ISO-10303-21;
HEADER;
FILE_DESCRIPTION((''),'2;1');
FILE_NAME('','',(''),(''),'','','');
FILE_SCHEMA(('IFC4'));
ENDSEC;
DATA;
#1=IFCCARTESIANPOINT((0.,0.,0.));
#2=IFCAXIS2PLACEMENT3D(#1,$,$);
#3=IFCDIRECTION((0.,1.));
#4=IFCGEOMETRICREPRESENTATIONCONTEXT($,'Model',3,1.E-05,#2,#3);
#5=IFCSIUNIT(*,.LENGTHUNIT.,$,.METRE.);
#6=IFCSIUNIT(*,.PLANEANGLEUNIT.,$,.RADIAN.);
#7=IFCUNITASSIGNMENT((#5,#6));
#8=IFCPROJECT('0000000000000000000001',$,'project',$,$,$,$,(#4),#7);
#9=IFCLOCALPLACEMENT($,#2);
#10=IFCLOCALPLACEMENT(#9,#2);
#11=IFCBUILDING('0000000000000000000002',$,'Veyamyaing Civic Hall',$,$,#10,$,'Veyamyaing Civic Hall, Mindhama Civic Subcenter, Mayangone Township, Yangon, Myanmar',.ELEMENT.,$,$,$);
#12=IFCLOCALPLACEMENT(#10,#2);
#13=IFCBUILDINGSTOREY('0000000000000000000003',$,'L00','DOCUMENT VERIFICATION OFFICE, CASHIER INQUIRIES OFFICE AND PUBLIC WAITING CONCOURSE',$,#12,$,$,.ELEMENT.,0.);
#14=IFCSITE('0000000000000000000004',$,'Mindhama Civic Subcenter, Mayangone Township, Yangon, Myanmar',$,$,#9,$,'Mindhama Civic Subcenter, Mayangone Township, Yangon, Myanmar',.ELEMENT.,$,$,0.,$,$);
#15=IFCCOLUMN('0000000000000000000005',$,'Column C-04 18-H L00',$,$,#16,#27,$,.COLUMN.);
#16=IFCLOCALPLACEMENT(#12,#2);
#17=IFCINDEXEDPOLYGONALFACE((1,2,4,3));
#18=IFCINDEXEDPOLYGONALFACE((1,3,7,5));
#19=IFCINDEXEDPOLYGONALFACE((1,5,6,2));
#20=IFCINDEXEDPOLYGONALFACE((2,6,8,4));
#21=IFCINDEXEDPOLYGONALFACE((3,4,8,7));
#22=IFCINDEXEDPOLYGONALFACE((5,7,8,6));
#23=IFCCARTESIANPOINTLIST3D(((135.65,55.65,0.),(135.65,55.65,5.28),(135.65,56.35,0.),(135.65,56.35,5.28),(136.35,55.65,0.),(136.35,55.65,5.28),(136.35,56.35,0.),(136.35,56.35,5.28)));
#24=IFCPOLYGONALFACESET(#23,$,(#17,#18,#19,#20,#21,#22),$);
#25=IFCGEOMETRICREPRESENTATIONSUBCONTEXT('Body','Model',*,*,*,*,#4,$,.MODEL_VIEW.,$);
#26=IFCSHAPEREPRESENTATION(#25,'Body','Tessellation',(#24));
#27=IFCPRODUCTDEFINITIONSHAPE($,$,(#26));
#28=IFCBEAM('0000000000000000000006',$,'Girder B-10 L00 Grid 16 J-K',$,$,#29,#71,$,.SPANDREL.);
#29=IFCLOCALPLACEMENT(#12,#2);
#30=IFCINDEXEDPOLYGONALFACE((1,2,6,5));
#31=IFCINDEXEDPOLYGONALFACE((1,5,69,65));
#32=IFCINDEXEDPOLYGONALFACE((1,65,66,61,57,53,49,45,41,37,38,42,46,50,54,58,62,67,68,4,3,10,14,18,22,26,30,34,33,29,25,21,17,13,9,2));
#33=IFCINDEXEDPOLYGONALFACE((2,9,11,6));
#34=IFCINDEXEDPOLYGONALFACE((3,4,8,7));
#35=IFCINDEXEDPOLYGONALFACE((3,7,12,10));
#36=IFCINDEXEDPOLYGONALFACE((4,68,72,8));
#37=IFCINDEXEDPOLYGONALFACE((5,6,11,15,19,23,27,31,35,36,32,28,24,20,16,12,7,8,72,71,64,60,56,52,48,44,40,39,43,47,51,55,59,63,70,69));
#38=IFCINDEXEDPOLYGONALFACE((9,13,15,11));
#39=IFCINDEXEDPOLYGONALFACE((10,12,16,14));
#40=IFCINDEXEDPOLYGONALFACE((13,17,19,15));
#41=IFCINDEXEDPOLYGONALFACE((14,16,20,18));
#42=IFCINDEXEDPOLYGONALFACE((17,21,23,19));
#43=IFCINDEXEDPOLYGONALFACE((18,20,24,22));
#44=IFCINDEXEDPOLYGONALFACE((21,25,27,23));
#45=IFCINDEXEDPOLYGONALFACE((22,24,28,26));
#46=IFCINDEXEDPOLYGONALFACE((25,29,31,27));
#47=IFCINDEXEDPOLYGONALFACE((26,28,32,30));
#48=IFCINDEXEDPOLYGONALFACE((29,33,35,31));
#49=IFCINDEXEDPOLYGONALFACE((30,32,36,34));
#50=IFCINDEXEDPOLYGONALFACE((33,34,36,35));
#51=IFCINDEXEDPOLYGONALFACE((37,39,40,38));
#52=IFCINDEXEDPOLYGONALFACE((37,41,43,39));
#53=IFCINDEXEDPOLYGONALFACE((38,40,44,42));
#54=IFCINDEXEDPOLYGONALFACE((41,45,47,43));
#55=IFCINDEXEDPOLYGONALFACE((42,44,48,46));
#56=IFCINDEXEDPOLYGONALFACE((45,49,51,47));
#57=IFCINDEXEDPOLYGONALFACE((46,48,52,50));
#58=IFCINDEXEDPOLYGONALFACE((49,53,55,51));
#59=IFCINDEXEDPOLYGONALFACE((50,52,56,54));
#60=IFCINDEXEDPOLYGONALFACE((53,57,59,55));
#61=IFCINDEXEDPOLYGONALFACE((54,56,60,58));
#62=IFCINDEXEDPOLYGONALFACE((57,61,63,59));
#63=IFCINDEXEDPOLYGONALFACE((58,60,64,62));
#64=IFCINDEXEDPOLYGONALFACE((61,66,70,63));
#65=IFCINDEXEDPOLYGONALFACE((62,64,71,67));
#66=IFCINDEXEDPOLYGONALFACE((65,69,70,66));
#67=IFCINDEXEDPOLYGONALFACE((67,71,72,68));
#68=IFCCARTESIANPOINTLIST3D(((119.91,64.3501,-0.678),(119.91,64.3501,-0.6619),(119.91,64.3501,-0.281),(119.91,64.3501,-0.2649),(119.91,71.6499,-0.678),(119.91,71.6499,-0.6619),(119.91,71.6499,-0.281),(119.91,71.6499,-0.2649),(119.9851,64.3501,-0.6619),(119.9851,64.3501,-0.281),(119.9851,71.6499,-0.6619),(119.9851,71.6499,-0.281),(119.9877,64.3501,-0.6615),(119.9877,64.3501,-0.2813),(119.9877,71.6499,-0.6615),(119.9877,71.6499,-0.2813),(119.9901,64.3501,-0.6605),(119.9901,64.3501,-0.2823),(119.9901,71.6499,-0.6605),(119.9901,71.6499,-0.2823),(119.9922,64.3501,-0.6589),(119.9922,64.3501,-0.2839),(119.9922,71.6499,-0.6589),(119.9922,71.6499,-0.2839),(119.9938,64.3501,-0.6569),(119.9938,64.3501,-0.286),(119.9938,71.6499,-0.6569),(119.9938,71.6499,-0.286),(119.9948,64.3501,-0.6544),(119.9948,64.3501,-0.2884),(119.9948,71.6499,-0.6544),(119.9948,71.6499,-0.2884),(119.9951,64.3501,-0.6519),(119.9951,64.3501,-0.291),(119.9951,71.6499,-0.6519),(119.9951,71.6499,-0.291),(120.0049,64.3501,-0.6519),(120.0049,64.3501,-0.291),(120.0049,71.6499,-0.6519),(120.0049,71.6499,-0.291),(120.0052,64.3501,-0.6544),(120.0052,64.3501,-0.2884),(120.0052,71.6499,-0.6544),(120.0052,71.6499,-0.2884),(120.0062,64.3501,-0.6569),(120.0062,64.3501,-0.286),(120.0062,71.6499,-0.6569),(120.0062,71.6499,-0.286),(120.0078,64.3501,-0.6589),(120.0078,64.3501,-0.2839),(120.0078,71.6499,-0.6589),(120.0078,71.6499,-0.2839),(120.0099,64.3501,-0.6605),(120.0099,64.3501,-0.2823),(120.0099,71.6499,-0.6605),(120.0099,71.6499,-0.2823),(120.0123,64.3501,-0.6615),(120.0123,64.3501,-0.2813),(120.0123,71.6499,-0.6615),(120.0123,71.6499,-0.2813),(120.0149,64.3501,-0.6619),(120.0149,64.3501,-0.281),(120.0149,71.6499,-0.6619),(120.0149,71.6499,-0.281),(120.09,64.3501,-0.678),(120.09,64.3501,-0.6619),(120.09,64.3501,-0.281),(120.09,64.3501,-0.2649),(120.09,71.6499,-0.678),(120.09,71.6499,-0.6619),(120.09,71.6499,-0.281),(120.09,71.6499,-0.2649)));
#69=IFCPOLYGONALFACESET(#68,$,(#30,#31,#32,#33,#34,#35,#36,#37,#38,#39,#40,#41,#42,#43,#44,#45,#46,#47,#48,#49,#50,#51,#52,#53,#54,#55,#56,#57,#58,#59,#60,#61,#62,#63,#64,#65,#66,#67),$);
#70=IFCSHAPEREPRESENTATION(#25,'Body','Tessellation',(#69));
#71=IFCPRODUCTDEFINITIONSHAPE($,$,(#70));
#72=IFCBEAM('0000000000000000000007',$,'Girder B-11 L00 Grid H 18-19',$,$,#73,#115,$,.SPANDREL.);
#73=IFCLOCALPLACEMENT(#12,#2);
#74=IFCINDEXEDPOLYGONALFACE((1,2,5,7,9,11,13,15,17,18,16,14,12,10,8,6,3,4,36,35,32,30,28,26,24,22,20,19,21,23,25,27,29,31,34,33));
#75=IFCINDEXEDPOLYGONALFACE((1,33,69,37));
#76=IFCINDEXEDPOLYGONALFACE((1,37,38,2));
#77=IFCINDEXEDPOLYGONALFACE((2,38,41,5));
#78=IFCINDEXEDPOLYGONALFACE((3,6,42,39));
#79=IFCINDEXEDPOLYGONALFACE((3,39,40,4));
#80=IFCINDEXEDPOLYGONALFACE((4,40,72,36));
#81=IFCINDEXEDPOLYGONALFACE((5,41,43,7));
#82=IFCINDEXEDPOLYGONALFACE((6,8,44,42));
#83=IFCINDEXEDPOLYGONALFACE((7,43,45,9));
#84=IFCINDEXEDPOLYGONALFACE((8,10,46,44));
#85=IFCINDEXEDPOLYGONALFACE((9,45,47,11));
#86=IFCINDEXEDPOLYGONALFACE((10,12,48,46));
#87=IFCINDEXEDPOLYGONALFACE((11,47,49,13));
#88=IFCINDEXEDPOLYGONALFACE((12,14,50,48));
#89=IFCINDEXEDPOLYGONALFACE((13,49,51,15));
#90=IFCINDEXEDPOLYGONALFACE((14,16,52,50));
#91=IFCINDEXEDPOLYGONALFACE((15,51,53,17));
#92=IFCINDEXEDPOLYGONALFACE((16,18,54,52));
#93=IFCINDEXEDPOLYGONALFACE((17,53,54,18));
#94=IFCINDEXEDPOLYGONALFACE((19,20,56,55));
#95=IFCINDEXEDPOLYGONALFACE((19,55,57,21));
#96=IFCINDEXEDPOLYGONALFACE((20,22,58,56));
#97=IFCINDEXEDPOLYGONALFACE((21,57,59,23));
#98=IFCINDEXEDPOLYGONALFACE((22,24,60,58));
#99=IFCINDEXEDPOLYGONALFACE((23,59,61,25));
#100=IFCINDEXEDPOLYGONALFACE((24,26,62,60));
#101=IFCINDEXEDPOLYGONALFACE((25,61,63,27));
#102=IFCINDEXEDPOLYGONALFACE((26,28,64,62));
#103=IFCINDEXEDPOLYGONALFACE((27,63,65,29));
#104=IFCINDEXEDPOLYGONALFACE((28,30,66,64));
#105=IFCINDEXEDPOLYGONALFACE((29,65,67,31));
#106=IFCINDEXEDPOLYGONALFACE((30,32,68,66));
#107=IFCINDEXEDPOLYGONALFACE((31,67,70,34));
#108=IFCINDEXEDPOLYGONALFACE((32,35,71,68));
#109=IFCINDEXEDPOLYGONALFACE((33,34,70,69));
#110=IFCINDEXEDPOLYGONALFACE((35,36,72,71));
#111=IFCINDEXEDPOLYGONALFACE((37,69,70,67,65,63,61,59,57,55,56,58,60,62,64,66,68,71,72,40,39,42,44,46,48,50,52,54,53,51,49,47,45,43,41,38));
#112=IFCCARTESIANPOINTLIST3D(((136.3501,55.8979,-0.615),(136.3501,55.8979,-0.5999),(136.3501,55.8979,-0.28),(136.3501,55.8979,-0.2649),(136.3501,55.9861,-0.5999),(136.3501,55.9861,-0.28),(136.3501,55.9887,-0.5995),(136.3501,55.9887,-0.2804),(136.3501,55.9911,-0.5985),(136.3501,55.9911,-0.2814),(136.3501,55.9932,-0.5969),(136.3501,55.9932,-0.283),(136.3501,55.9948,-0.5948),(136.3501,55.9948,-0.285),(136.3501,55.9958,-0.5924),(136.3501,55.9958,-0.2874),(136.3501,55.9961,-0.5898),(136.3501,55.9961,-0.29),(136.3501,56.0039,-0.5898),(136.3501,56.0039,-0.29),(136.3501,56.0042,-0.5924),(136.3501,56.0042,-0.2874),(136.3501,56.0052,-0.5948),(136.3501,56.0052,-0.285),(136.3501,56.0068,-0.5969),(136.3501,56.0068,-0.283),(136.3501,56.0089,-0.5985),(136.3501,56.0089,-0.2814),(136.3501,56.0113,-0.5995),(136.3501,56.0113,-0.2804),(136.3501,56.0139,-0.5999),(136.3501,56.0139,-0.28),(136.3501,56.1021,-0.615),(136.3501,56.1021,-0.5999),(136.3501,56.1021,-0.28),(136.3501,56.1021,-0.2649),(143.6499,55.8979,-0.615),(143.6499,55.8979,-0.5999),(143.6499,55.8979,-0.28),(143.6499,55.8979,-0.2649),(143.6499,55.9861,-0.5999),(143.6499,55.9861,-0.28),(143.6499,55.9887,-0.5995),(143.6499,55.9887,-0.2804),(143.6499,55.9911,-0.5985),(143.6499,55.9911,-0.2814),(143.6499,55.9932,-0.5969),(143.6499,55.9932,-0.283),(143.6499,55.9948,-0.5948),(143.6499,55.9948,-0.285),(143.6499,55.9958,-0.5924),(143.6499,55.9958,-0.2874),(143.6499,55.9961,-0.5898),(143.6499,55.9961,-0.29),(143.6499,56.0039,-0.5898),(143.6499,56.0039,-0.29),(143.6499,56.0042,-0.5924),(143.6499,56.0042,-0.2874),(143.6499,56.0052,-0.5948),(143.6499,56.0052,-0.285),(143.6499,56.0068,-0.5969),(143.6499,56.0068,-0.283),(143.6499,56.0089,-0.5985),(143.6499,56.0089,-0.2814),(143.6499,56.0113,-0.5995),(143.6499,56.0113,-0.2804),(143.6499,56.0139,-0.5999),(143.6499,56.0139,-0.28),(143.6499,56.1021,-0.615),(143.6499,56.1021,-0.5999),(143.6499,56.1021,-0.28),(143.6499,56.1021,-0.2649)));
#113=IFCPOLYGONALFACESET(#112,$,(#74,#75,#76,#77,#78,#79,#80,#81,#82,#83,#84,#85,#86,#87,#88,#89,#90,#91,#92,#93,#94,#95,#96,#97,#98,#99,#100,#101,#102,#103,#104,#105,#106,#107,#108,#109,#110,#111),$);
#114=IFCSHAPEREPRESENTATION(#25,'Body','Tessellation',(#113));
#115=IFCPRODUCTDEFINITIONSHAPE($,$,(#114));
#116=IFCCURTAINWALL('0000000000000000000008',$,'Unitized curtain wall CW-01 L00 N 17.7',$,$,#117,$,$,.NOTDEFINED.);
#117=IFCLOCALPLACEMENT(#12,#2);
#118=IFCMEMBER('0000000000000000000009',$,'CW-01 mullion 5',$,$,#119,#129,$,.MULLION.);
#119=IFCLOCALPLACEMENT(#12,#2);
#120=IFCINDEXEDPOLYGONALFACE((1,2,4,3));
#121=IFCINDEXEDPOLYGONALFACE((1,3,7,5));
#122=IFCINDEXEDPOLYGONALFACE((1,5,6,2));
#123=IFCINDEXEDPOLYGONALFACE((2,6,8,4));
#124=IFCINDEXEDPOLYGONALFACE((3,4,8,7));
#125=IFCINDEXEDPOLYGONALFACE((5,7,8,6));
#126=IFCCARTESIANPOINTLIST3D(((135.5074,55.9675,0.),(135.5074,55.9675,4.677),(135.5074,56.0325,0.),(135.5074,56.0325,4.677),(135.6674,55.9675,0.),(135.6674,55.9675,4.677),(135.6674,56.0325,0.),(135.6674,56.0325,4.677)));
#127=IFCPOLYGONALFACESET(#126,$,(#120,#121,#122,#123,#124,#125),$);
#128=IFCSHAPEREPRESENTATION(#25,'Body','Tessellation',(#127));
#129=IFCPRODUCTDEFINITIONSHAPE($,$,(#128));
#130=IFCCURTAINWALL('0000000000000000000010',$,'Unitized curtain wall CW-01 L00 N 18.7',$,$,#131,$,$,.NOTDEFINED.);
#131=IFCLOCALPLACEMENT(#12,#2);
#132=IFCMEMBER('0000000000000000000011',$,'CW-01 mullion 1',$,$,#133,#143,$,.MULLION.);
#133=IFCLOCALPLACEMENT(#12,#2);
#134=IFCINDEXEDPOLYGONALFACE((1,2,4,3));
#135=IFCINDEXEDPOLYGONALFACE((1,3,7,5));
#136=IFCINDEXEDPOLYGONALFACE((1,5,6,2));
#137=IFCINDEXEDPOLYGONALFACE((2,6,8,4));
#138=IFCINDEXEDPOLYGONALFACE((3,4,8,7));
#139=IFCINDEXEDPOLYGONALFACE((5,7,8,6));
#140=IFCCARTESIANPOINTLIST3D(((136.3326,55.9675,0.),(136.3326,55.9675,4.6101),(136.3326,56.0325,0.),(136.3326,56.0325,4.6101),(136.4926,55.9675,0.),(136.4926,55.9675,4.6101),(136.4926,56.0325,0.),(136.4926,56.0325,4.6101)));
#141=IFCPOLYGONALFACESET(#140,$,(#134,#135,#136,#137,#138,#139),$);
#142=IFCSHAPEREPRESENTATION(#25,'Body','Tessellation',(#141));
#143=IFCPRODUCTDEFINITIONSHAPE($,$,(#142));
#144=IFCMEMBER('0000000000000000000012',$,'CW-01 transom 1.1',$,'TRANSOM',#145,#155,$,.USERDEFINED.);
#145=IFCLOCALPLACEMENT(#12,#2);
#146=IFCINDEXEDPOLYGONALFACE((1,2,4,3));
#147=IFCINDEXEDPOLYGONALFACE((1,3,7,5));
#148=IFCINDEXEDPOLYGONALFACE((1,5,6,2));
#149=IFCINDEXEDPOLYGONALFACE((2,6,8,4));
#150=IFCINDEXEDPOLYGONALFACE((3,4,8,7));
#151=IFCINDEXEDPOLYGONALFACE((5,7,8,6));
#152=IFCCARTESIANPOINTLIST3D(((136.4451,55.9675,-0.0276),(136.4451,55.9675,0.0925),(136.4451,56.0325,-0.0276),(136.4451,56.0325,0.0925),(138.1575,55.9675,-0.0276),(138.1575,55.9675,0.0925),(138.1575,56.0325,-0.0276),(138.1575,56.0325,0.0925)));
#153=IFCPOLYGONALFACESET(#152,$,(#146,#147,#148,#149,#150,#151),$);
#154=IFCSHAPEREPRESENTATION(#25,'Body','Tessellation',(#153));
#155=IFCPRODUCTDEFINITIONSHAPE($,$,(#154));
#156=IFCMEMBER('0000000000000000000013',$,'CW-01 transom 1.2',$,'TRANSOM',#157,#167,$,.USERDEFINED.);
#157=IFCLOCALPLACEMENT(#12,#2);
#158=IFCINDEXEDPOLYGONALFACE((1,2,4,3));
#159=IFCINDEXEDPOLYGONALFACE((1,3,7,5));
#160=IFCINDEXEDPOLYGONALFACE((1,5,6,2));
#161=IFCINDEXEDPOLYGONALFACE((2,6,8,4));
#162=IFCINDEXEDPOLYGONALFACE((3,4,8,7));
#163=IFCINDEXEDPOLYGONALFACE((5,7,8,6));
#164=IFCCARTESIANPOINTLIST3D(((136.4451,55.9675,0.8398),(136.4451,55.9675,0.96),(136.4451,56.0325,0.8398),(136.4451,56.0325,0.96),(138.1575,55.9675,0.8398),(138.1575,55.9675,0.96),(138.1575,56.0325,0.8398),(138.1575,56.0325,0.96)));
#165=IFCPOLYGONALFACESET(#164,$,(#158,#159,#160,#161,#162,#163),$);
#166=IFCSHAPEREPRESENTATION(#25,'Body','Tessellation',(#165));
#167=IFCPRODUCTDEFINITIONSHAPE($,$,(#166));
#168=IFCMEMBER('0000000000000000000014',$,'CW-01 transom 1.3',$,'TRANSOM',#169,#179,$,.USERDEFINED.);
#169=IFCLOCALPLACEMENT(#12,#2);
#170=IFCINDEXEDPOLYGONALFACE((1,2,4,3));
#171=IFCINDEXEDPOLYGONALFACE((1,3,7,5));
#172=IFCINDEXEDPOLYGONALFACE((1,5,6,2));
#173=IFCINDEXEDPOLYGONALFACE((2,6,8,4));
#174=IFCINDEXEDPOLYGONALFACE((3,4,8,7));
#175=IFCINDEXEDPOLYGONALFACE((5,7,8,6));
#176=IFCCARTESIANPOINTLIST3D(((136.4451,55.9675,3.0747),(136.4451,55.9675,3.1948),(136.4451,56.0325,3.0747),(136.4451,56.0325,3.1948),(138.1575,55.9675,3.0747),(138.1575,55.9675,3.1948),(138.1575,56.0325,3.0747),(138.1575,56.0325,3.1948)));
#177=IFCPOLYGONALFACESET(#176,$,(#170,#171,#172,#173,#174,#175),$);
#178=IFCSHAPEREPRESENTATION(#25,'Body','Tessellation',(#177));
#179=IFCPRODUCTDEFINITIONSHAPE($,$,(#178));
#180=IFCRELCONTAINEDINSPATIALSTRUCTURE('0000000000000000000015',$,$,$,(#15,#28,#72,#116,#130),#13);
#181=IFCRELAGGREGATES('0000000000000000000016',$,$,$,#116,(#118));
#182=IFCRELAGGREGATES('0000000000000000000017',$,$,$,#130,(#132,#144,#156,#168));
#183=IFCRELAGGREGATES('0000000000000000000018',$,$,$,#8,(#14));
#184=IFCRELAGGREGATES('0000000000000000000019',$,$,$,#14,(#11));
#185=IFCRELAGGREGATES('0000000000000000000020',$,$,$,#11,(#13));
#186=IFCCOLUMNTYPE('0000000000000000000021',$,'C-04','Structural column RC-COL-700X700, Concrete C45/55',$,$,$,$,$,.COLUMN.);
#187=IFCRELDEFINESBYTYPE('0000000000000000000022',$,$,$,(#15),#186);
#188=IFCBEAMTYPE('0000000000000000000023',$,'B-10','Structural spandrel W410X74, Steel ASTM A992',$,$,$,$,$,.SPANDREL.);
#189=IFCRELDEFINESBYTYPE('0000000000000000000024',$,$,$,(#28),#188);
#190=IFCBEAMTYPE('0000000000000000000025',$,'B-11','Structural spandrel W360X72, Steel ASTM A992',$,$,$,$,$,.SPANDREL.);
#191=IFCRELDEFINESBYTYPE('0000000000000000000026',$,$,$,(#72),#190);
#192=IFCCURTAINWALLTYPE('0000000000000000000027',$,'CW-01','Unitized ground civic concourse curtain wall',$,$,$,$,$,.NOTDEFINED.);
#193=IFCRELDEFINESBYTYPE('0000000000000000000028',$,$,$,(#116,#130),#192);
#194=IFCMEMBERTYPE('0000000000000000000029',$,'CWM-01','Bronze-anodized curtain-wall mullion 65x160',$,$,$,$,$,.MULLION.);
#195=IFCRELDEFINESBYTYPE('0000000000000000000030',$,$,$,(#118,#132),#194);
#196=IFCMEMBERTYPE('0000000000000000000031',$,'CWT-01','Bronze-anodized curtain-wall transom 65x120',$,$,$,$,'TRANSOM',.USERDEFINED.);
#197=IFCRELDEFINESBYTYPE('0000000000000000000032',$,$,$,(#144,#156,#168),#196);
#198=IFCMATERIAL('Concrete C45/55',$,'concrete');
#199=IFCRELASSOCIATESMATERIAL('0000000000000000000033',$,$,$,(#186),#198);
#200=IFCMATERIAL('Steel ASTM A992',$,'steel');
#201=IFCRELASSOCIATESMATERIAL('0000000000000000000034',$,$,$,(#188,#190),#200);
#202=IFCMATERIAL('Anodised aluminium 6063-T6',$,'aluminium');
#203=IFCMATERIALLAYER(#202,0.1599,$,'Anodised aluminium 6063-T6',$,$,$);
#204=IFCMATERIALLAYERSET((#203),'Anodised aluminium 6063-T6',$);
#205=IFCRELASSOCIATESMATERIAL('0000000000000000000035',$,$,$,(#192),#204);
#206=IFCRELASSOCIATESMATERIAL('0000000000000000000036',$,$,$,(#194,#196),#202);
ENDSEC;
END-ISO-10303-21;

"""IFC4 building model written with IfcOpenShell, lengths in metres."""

from ifc_helpers import new_model, si_unit, direction, frame, origin, origin_2d, place, context, subcontext, project, spatial, rectangle, i_section, extrude, material, layer, layer_set, material_profile, profile_set, type_object, element, aggregate, save


model = new_model("IFC4")

# Units and contexts
model_context = context("Model", 3, precision=1e-05, world=origin(), true_north=direction((0.0, 1.0)))
body_context = subcontext(model_context, "Body", "Model", "MODEL_VIEW")
ifc_project = project(units=[si_unit("LENGTHUNIT", "METRE"), si_unit("PLANEANGLEUNIT", "RADIAN")], contexts=[model_context])

# Site, building, storey
site_placement = place(None, origin())
site = spatial("IfcSite", under=ifc_project, at=site_placement, Name="Mindhama Civic Subcenter, Mayangone Township, Yangon, Myanmar", LongName="Mindhama Civic Subcenter, Mayangone Township, Yangon, Myanmar", CompositionType="ELEMENT", RefElevation=0.0)
building_placement = place(site_placement, origin())
building = spatial("IfcBuilding", under=site, at=building_placement, Name="Veyamyaing Civic Hall", LongName="Veyamyaing Civic Hall, Mindhama Civic Subcenter, Mayangone Township, Yangon, Myanmar", CompositionType="ELEMENT")
storey_placement = place(building_placement, origin())
storey = spatial("IfcBuildingStorey", under=building, at=storey_placement, Name="L00", Description="DOCUMENT VERIFICATION OFFICE, CASHIER INQUIRIES OFFICE AND PUBLIC WAITING CONCOURSE", CompositionType="ELEMENT", Elevation=0.0)

# Column
ifc_material_1 = material(Name="Concrete C45/55", Category="concrete")
ifc_material_profile_1 = material_profile(ifc_material_1, rectangle(XDim=0.7, YDim=0.7, at=origin_2d()), Name="RC-COL-700X700")
ifc_profile_set_1 = profile_set([ifc_material_profile_1], Name="Concrete C45/55")
column_type = type_object("IfcColumnType", Name="C-04", Description="Structural column RC-COL-700X700, Concrete C45/55", PredefinedType="COLUMN", material=ifc_profile_set_1)
column_placement = place(storey_placement, frame((136.0, 56.0, 0.0), z_axis=(0.0, 0.0, 1.0), x_axis=(1.0, 0.0, 0.0)))
element("IfcColumn", 1, at=column_placement, inside=storey, type_object=column_type, Name="Column C-04 18-H L00", PredefinedType="COLUMN", context=body_context, shape_type="SweptSolid", body=[
    extrude(rectangle(XDim=0.7, YDim=0.7, at=origin_2d()), origin(), (0.0, 0.0, 1.0), 5.28),
])

# Beams
ifc_material_2 = material(Name="Steel ASTM A992", Category="steel")
ifc_material_profile_2 = material_profile(ifc_material_2, i_section(OverallWidth=0.1799, OverallDepth=0.4131, WebThickness=0.0098, FlangeThickness=0.0161, FilletRadius=0.01, at=origin_2d()), Name="W410X74")
ifc_profile_set_2 = profile_set([ifc_material_profile_2], Name="Steel ASTM A992")
beam_type_1 = type_object("IfcBeamType", Name="B-10", Description="Structural spandrel W410X74, Steel ASTM A992", PredefinedType="SPANDREL", material=ifc_profile_set_2)
beam_1_placement = place(storey_placement, frame((120.0, 64.3501, -0.4714), z_axis=(0.0, 1.0, 0.0), x_axis=(-1.0, 0.0, 0.0)))
element("IfcBeam", 2, at=beam_1_placement, inside=storey, type_object=beam_type_1, Name="Girder B-10 L00 Grid 16 J-K", PredefinedType="SPANDREL", context=body_context, shape_type="SweptSolid", body=[
    extrude(i_section(OverallWidth=0.1799, OverallDepth=0.4131, WebThickness=0.0098, FlangeThickness=0.0161, FilletRadius=0.01, at=origin_2d()), origin(), (0.0, 0.0, 1.0), 7.2998),
])
ifc_material_profile_3 = material_profile(ifc_material_2, i_section(OverallWidth=0.2041, OverallDepth=0.3501, WebThickness=0.0078, FlangeThickness=0.0151, FilletRadius=0.01, at=origin_2d()), Name="W360X72")
ifc_profile_set_3 = profile_set([ifc_material_profile_3], Name="Steel ASTM A992")
beam_type_2 = type_object("IfcBeamType", Name="B-11", Description="Structural spandrel W360X72, Steel ASTM A992", PredefinedType="SPANDREL", material=ifc_profile_set_3)
beam_2_placement = place(storey_placement, frame((136.3501, 56.0, -0.4399), z_axis=(1.0, 0.0, 0.0), x_axis=(0.0, 1.0, 0.0)))
element("IfcBeam", 3, at=beam_2_placement, inside=storey, type_object=beam_type_2, Name="Girder B-11 L00 Grid H 18-19", PredefinedType="SPANDREL", context=body_context, shape_type="SweptSolid", body=[
    extrude(i_section(OverallWidth=0.2041, OverallDepth=0.3501, WebThickness=0.0078, FlangeThickness=0.0151, FilletRadius=0.01, at=origin_2d()), origin(), (0.0, 0.0, 1.0), 7.2998),
])

# Curtain wall, member
ifc_material_3 = material(Name="Anodised aluminium 6063-T6", Category="aluminium")
ifc_layer_1 = layer(ifc_material_3, 0.1599, Name="Anodised aluminium 6063-T6")
ifc_layer_set_1 = layer_set([ifc_layer_1], Name="Anodised aluminium 6063-T6")
curtain_wall_type = type_object("IfcCurtainWallType", Name="CW-01", Description="Unitized ground civic concourse curtain wall", PredefinedType="NOTDEFINED", material=ifc_layer_set_1)
curtain_wall_1_placement = place(storey_placement, origin())
curtain_wall_1 = element("IfcCurtainWall", 4, at=curtain_wall_1_placement, inside=storey, type_object=curtain_wall_type, Name="Unitized curtain wall CW-01 L00 N 17.7", PredefinedType="NOTDEFINED")
ifc_material_profile_4 = material_profile(ifc_material_3, rectangle(XDim=0.0649, YDim=0.1599, at=origin_2d()), Name="ALU-MUL-65X160")
ifc_profile_set_4 = profile_set([ifc_material_profile_4], Name="Anodised aluminium 6063-T6")
member_type_1 = type_object("IfcMemberType", Name="CWM-01", Description="Bronze-anodized curtain-wall mullion 65x160", PredefinedType="MULLION", material=ifc_profile_set_4)
member_1_placement = place(storey_placement, frame((135.5874, 56.0, 0.0), z_axis=(0.0, 0.0, 1.0), x_axis=(0.0, 1.0, 0.0)))
member_1 = element("IfcMember", 5, at=member_1_placement, type_object=member_type_1, Name="CW-01 mullion 5", PredefinedType="MULLION", context=body_context, shape_type="SweptSolid", body=[
    extrude(rectangle(XDim=0.0649, YDim=0.1599, at=origin_2d()), origin(), (0.0, 0.0, 1.0), 4.677),
])
aggregate(curtain_wall_1, [member_1])

# Curtain wall, members
curtain_wall_2_placement = place(storey_placement, origin())
curtain_wall_2 = element("IfcCurtainWall", 6, at=curtain_wall_2_placement, inside=storey, type_object=curtain_wall_type, Name="Unitized curtain wall CW-01 L00 N 18.7", PredefinedType="NOTDEFINED")
member_2_placement = place(storey_placement, frame((136.4126, 56.0, 0.0), z_axis=(0.0, 0.0, 1.0), x_axis=(0.0, 1.0, 0.0)))
member_2 = element("IfcMember", 7, at=member_2_placement, type_object=member_type_1, Name="CW-01 mullion 1", PredefinedType="MULLION", context=body_context, shape_type="SweptSolid", body=[
    extrude(rectangle(XDim=0.0649, YDim=0.1599, at=origin_2d()), origin(), (0.0, 0.0, 1.0), 4.6101),
])
ifc_material_profile_5 = material_profile(ifc_material_3, rectangle(XDim=0.0649, YDim=0.1201, at=origin_2d()), Name="ALU-TRN-65X120")
ifc_profile_set_5 = profile_set([ifc_material_profile_5], Name="Anodised aluminium 6063-T6")
member_type_2 = type_object("IfcMemberType", Name="CWT-01", Description="Bronze-anodized curtain-wall transom 65x120", ElementType="TRANSOM", PredefinedType="USERDEFINED", material=ifc_profile_set_5)
member_3_placement = place(storey_placement, frame((136.4451, 56.0, 0.0325), z_axis=(1.0, 0.0, 0.0), x_axis=(0.0, 1.0, 0.0)))
member_3 = element("IfcMember", 8, at=member_3_placement, type_object=member_type_2, Name="CW-01 transom 1.1", ObjectType="TRANSOM", PredefinedType="USERDEFINED", context=body_context, shape_type="SweptSolid", body=[
    extrude(rectangle(XDim=0.0649, YDim=0.1201, at=origin_2d()), origin(), (0.0, 0.0, 1.0), 1.7124),
])
member_4_placement = place(storey_placement, frame((136.4451, 56.0, 0.8999), z_axis=(1.0, 0.0, 0.0), x_axis=(0.0, 1.0, 0.0)))
member_4 = element("IfcMember", 9, at=member_4_placement, type_object=member_type_2, Name="CW-01 transom 1.2", ObjectType="TRANSOM", PredefinedType="USERDEFINED", context=body_context, shape_type="SweptSolid", body=[
    extrude(rectangle(XDim=0.0649, YDim=0.1201, at=origin_2d()), origin(), (0.0, 0.0, 1.0), 1.7124),
])
member_5_placement = place(storey_placement, frame((136.4451, 56.0, 3.1348), z_axis=(1.0, 0.0, 0.0), x_axis=(0.0, 1.0, 0.0)))
member_5 = element("IfcMember", 10, at=member_5_placement, type_object=member_type_2, Name="CW-01 transom 1.3", ObjectType="TRANSOM", PredefinedType="USERDEFINED", context=body_context, shape_type="SweptSolid", body=[
    extrude(rectangle(XDim=0.0649, YDim=0.1201, at=origin_2d()), origin(), (0.0, 0.0, 1.0), 1.7124),
])
aggregate(curtain_wall_2, [member_2, member_3, member_4, member_5])

save(model, "model.ifc")
